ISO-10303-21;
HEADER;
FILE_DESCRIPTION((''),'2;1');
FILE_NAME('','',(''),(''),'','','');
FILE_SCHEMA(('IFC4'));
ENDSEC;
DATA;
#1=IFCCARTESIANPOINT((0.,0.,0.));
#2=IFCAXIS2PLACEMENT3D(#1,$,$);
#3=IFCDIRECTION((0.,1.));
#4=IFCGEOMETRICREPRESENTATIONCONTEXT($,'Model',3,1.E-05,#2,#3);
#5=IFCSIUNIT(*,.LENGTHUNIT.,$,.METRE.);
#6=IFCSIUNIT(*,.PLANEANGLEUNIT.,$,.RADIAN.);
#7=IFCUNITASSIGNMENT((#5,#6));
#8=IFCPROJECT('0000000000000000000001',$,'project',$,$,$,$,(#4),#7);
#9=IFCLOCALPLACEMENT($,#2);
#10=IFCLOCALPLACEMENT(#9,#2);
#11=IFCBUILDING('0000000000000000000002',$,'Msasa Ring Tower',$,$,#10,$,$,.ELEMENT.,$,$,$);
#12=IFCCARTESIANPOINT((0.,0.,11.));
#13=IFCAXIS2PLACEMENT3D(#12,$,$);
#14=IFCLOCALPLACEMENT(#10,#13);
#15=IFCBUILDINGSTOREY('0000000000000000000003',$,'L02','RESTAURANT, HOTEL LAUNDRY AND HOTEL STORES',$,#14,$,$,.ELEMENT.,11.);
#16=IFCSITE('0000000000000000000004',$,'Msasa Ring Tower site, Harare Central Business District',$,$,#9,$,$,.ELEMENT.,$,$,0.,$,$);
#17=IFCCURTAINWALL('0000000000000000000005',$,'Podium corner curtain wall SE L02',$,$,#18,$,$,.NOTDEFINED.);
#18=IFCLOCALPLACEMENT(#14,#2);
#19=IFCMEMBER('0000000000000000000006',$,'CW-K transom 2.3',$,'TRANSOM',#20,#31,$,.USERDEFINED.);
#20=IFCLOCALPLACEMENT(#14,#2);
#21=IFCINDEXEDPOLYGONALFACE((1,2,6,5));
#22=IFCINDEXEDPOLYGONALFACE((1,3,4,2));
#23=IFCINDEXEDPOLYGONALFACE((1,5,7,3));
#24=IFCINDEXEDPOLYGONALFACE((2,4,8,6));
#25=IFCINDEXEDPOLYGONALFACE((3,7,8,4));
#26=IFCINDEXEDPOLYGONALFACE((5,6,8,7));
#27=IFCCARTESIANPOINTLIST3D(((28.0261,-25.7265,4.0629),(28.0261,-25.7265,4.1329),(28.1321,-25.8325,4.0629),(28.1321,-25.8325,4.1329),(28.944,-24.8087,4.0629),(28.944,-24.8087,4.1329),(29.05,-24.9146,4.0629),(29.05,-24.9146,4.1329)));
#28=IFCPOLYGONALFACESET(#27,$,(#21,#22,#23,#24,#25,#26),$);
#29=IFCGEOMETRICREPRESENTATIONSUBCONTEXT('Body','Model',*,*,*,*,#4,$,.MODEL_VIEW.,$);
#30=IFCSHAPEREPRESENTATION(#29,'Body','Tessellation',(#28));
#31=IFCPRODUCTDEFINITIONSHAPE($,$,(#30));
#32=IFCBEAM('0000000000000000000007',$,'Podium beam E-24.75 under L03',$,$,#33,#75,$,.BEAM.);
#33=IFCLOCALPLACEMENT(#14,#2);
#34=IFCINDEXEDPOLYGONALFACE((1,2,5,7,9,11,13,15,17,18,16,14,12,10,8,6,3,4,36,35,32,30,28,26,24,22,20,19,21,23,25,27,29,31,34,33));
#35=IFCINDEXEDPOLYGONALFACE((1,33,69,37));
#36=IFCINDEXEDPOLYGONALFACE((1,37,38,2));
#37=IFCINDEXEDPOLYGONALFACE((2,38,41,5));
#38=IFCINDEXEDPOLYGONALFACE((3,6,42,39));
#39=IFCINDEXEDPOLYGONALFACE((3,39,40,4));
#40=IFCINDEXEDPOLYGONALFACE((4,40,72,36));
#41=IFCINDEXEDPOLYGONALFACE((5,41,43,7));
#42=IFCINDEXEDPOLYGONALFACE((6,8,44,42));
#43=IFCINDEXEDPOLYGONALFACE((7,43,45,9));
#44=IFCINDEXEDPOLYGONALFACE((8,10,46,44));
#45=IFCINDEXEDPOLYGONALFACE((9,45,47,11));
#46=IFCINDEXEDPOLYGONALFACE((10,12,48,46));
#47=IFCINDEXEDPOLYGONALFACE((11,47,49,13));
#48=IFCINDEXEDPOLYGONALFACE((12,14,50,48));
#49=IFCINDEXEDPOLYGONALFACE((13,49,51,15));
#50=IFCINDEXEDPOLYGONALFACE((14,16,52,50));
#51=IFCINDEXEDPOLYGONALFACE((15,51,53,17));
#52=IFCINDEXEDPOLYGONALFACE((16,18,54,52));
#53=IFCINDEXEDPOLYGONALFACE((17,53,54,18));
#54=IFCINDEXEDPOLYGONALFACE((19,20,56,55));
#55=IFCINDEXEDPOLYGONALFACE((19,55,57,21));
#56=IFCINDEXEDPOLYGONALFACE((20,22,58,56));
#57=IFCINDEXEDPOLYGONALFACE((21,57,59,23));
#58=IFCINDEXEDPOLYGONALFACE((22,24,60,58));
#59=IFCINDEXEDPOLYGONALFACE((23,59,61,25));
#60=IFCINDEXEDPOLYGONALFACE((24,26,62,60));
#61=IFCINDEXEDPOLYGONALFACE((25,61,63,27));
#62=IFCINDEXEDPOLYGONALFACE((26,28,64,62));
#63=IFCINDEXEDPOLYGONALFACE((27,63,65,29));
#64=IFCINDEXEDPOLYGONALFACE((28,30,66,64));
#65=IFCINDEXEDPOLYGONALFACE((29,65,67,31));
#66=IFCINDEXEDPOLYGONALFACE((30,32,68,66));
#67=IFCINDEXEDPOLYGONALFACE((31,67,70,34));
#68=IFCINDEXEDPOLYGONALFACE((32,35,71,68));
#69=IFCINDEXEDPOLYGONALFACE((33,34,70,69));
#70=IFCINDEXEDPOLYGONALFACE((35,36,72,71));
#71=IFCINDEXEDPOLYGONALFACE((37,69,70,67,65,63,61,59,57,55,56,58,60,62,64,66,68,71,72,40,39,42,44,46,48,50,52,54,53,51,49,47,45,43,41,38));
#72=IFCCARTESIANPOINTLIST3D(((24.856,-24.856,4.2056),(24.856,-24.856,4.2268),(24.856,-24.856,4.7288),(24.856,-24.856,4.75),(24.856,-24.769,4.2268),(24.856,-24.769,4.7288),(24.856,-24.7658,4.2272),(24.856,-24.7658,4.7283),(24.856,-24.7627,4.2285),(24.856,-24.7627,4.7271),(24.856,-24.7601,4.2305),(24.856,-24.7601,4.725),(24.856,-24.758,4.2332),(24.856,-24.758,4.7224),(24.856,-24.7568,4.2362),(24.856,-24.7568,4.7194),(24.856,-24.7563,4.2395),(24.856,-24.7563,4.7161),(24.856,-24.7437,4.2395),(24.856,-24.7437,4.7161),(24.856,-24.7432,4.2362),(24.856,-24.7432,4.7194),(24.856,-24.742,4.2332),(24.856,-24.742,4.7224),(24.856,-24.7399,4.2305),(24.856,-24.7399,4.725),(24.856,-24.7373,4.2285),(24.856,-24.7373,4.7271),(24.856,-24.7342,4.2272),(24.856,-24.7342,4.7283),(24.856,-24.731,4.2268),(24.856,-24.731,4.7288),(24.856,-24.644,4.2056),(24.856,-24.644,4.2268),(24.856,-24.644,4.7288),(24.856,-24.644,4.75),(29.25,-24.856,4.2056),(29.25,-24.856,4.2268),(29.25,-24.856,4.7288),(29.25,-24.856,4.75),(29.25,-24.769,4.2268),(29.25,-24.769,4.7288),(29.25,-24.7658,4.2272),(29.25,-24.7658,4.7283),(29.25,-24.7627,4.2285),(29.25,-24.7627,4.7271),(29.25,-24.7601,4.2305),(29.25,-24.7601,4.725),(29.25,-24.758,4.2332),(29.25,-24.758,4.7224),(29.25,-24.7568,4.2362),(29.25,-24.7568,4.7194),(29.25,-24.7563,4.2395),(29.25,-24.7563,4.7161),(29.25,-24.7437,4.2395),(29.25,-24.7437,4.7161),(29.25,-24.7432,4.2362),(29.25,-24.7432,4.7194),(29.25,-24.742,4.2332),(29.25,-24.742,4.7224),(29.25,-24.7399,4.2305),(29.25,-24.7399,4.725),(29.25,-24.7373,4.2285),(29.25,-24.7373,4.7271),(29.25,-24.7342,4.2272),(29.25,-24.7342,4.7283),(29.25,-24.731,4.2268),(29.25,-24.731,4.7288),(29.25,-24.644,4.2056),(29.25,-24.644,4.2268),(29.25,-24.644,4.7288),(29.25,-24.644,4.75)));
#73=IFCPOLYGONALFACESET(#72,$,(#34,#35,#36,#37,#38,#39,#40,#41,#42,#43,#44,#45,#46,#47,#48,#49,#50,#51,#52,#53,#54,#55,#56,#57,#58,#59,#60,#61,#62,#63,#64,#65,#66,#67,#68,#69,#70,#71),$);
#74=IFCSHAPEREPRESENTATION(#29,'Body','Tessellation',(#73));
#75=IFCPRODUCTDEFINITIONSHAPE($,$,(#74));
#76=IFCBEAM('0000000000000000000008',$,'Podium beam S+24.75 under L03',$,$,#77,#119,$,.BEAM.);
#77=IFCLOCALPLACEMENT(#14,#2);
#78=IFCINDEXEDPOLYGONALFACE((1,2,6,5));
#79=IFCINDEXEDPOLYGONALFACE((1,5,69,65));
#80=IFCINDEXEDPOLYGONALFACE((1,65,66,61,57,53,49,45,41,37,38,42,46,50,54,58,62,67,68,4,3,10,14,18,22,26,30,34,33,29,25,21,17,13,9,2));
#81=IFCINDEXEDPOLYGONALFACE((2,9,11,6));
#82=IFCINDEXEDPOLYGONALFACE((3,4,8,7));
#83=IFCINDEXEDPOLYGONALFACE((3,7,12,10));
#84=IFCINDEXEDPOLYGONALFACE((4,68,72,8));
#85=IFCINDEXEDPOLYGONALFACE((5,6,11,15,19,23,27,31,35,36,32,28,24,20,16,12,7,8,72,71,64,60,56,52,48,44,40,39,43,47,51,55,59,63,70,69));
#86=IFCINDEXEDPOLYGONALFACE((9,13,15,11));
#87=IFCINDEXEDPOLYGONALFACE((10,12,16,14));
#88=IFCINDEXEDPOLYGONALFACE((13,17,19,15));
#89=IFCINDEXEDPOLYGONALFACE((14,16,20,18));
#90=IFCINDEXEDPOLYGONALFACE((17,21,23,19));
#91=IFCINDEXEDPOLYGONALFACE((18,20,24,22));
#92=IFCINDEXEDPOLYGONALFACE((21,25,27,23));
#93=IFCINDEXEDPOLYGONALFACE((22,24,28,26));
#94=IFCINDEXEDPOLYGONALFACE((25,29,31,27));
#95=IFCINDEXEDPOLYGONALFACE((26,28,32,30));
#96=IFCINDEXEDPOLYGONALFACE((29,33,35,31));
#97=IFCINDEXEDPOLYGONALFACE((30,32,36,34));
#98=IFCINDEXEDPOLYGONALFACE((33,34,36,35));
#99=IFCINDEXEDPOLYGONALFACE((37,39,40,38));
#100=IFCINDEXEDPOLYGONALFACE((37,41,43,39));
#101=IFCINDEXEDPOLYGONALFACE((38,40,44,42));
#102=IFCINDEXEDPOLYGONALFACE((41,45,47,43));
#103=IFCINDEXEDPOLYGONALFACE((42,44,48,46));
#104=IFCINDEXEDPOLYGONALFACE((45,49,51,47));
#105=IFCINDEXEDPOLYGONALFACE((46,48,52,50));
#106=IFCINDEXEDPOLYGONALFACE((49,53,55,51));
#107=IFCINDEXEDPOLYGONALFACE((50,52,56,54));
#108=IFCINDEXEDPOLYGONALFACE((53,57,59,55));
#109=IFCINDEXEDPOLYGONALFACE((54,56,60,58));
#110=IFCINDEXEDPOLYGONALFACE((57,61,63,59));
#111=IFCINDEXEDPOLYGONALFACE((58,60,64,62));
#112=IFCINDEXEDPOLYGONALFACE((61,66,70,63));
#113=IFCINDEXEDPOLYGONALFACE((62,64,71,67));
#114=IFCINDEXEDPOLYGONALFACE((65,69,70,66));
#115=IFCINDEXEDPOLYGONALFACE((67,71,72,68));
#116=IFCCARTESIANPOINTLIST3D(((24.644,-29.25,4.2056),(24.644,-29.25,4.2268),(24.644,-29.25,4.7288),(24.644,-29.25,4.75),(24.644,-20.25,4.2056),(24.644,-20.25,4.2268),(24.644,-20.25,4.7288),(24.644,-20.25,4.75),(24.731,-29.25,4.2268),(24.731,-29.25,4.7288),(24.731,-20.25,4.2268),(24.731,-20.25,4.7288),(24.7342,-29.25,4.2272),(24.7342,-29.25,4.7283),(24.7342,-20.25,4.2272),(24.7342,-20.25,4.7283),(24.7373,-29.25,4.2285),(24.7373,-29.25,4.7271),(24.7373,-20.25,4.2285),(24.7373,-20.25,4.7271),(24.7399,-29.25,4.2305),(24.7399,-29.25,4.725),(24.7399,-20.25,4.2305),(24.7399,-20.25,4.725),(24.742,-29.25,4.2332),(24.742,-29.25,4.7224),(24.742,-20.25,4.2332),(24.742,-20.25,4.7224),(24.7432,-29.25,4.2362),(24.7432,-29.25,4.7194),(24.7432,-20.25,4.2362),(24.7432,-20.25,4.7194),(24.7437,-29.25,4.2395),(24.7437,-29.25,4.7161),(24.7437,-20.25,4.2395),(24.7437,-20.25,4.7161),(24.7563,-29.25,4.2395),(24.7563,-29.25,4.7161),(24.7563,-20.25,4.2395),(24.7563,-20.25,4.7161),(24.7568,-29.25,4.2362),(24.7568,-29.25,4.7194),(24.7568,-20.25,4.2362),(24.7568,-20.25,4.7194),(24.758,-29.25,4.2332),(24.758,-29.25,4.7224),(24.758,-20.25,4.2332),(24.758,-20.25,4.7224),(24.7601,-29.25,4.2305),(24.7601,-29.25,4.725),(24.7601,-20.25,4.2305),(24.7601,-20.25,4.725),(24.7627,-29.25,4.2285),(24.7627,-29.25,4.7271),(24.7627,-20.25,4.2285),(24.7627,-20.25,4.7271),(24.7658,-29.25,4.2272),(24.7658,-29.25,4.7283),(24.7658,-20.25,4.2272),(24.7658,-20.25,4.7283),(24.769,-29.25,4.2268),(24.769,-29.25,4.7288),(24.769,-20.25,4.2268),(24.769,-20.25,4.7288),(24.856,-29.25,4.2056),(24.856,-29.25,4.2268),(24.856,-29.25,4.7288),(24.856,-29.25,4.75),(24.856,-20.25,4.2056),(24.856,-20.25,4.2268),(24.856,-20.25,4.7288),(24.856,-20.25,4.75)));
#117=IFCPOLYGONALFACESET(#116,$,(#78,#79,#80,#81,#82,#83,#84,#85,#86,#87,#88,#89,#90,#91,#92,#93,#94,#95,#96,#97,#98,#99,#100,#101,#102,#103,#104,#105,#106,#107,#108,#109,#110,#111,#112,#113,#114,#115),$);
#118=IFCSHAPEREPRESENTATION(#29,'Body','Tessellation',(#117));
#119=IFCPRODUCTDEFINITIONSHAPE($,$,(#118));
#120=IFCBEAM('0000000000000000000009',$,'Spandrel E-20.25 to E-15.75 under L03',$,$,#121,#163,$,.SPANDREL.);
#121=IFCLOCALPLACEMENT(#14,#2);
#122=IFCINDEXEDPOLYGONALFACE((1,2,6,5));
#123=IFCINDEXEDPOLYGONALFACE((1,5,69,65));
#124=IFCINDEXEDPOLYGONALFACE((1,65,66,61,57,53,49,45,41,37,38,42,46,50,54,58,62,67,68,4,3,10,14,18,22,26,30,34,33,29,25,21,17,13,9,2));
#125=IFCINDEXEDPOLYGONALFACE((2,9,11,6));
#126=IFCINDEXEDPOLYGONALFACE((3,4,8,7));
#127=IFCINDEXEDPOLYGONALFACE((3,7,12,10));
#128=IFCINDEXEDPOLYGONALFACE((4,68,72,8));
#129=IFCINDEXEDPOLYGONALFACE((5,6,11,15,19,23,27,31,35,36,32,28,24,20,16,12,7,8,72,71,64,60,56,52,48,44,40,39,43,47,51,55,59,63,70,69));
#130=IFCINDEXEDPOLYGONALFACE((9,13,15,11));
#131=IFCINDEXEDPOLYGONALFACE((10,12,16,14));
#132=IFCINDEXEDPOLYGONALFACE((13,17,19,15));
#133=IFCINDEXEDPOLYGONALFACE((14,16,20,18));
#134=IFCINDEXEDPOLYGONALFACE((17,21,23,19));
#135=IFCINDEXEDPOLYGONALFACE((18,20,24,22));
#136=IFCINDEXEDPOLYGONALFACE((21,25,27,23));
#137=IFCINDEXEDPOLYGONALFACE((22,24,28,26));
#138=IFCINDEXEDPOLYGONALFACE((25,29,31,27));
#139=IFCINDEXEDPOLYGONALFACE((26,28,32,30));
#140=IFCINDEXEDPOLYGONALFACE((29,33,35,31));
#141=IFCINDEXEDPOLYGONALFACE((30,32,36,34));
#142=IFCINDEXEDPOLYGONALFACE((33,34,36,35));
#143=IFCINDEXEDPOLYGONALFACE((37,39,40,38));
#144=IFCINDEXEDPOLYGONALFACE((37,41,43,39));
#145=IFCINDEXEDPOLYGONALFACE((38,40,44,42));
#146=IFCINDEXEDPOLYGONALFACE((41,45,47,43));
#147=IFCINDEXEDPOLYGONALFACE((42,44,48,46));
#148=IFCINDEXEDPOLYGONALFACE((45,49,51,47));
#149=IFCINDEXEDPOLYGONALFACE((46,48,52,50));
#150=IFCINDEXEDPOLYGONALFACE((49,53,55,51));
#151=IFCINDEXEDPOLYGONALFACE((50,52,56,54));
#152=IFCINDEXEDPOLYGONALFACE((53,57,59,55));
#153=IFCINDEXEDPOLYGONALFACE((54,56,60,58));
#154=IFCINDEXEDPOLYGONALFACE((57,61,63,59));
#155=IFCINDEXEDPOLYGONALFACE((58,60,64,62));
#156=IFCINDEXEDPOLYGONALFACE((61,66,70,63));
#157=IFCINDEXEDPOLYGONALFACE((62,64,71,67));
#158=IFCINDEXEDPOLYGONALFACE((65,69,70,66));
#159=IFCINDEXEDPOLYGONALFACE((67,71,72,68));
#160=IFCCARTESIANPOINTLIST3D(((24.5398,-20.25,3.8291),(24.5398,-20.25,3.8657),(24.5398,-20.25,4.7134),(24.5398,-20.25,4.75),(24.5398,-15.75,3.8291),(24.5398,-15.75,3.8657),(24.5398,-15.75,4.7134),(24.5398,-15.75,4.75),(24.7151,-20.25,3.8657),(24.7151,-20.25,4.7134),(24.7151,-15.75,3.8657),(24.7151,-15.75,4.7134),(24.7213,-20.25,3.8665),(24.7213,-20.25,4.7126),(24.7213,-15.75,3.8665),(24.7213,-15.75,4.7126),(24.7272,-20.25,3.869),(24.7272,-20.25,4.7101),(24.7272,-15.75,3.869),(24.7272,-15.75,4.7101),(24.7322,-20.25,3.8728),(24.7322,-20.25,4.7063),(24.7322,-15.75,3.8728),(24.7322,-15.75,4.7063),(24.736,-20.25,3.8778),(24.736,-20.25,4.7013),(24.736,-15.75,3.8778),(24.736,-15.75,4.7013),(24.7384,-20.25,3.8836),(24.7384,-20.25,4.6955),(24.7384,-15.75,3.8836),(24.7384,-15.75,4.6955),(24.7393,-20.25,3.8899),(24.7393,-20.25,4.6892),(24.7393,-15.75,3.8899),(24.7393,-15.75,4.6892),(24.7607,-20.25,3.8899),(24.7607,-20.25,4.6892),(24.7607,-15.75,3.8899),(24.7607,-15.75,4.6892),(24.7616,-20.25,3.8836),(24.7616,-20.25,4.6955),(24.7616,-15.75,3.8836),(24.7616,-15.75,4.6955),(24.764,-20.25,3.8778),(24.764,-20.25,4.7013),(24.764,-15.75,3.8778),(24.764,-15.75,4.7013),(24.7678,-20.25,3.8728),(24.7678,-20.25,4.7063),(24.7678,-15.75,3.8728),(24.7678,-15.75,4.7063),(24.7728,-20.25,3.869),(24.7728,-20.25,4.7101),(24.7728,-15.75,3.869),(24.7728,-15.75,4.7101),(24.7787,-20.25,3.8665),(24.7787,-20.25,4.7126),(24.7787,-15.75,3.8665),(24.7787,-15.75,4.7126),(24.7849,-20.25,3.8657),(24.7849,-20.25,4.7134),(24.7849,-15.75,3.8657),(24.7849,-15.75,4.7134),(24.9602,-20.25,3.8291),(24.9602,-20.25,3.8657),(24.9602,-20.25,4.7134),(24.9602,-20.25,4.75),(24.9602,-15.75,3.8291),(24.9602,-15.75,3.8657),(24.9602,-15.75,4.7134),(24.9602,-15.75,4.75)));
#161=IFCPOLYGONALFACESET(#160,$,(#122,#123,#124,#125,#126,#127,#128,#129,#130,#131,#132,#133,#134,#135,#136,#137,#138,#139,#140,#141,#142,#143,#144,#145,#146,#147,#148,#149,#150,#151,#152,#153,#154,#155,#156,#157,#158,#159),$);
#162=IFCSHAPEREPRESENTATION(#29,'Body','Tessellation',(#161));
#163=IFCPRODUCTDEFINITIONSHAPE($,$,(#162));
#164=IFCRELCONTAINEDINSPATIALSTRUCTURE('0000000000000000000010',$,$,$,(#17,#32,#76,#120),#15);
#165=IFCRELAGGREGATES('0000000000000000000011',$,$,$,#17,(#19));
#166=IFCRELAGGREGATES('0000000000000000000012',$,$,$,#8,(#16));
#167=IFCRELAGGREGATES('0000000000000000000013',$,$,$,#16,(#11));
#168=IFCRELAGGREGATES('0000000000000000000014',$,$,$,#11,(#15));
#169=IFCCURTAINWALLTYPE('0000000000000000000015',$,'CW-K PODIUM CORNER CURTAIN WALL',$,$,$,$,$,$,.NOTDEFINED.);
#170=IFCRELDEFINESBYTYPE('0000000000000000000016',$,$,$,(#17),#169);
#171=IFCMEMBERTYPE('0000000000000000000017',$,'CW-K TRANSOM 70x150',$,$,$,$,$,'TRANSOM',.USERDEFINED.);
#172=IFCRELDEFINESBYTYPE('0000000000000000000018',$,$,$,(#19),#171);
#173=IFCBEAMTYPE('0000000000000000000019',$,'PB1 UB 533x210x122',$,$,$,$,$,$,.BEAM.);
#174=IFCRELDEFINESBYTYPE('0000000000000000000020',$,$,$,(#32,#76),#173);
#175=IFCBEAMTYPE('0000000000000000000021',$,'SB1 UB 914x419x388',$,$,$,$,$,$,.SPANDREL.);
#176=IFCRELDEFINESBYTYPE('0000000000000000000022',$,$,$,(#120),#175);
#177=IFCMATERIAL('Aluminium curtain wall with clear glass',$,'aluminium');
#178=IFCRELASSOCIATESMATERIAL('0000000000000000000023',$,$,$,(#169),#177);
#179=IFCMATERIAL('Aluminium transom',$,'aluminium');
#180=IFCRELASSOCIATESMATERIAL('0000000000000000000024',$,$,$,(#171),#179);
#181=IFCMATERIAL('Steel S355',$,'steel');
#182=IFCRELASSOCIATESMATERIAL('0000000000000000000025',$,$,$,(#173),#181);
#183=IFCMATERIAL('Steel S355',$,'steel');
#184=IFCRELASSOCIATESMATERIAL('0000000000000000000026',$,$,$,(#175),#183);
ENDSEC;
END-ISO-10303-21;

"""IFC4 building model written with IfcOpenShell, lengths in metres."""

from ifc_helpers import new_model, si_unit, direction, frame, origin, origin_2d, place, context, subcontext, project, spatial, rectangle, i_section, extrude, material, material_profile, profile_set, type_object, element, aggregate, save


model = new_model("IFC4")

# Units and contexts
model_context = context("Model", 3, precision=1e-05, world=origin(), true_north=direction((0.0, 1.0)))
body_context = subcontext(model_context, "Body", "Model", "MODEL_VIEW")
ifc_project = project(units=[si_unit("LENGTHUNIT", "METRE"), si_unit("PLANEANGLEUNIT", "RADIAN")], contexts=[model_context])

# Site, building, storey
site_placement = place(None, origin())
site = spatial("IfcSite", under=ifc_project, at=site_placement, Name="Msasa Ring Tower site, Harare Central Business District", CompositionType="ELEMENT", RefElevation=0.0)
building_placement = place(site_placement, origin())
building = spatial("IfcBuilding", under=site, at=building_placement, Name="Msasa Ring Tower", CompositionType="ELEMENT")
storey_placement = place(building_placement, frame((0.0, 0.0, 11.0)))
storey = spatial("IfcBuildingStorey", under=building, at=storey_placement, Name="L02", Description="RESTAURANT, HOTEL LAUNDRY AND HOTEL STORES", CompositionType="ELEMENT", Elevation=11.0)

# Curtain wall
ifc_material_1 = material(Name="Aluminium curtain wall with clear glass", Category="aluminium")
curtain_wall_type = type_object("IfcCurtainWallType", Name="CW-K PODIUM CORNER CURTAIN WALL", PredefinedType="NOTDEFINED", material=ifc_material_1)
curtain_wall_1_placement = place(storey_placement, origin())
curtain_wall_1 = element("IfcCurtainWall", 1, at=curtain_wall_1_placement, inside=storey, type_object=curtain_wall_type, Name="Podium corner curtain wall SE L02", PredefinedType="NOTDEFINED")

# Member
ifc_material_2 = material(Name="Aluminium transom", Category="aluminium")
ifc_material_profile_1 = material_profile(ifc_material_2, rectangle(XDim=0.1499, YDim=0.0701, at=origin_2d()), Name="AL 70x150")
ifc_profile_set_1 = profile_set([ifc_material_profile_1], Name="Aluminium transom")
member_type_1 = type_object("IfcMemberType", Name="CW-K TRANSOM 70x150", ElementType="TRANSOM", PredefinedType="USERDEFINED", material=ifc_profile_set_1)
member_1_placement = place(storey_placement, frame((28.0791, -25.7795, 4.0979), z_axis=(0.707107, 0.707107, 0.0), x_axis=(-0.707107, 0.707107, 0.0)))
member_1 = element("IfcMember", 2, at=member_1_placement, type_object=member_type_1, Name="CW-K transom 2.3", ObjectType="TRANSOM", PredefinedType="USERDEFINED", context=body_context, shape_type="SweptSolid", body=[
    extrude(rectangle(XDim=0.1499, YDim=0.0701, at=origin_2d()), origin(), (0.0, 0.0, 1.0), 1.2981),
])

# Beams
ifc_material_3 = material(Name="Steel S355", Category="steel")
ifc_material_profile_2 = material_profile(ifc_material_3, i_section(OverallWidth=0.2119, OverallDepth=0.5444, WebThickness=0.0127, FlangeThickness=0.0212, FilletRadius=0.0127, at=origin_2d()), Name="UB 533x210x122")
ifc_profile_set_2 = profile_set([ifc_material_profile_2], Name="Steel S355")
beam_type_1 = type_object("IfcBeamType", Name="PB1 UB 533x210x122", PredefinedType="BEAM", material=ifc_profile_set_2)
beam_1_placement = place(storey_placement, frame((29.25, -24.75, 4.4778), z_axis=(-1.0, 0.0, 0.0), x_axis=(0.0, -1.0, 0.0)))
element("IfcBeam", 3, at=beam_1_placement, inside=storey, type_object=beam_type_1, Name="Podium beam E-24.75 under L03", PredefinedType="BEAM", context=body_context, shape_type="SweptSolid", body=[
    extrude(i_section(OverallWidth=0.2119, OverallDepth=0.5444, WebThickness=0.0127, FlangeThickness=0.0212, FilletRadius=0.0127, at=origin_2d()), origin(), (0.0, 0.0, 1.0), 4.394),
])
beam_2_placement = place(storey_placement, frame((24.75, -29.25, 4.4778), z_axis=(0.0, 1.0, 0.0), x_axis=(-1.0, 0.0, 0.0)))
element("IfcBeam", 4, at=beam_2_placement, inside=storey, type_object=beam_type_1, Name="Podium beam S+24.75 under L03", PredefinedType="BEAM", context=body_context, shape_type="SweptSolid", body=[
    extrude(i_section(OverallWidth=0.2119, OverallDepth=0.5444, WebThickness=0.0127, FlangeThickness=0.0212, FilletRadius=0.0127, at=origin_2d()), origin(), (0.0, 0.0, 1.0), 9.0),
])
ifc_material_4 = material(Name="Steel S355", Category="steel")
ifc_material_profile_3 = material_profile(ifc_material_4, i_section(OverallWidth=0.4204, OverallDepth=0.9209, WebThickness=0.0215, FlangeThickness=0.0366, FilletRadius=0.0242, at=origin_2d()), Name="UB 914x419x388")
ifc_profile_set_3 = profile_set([ifc_material_profile_3], Name="Steel S355")
beam_type_2 = type_object("IfcBeamType", Name="SB1 UB 914x419x388", PredefinedType="SPANDREL", material=ifc_profile_set_3)
beam_3_placement = place(storey_placement, frame((24.75, -20.25, 4.2896), z_axis=(0.0, 1.0, 0.0), x_axis=(-1.0, 0.0, 0.0)))
element("IfcBeam", 5, at=beam_3_placement, inside=storey, type_object=beam_type_2, Name="Spandrel E-20.25 to E-15.75 under L03", PredefinedType="SPANDREL", context=body_context, shape_type="SweptSolid", body=[
    extrude(i_section(OverallWidth=0.4204, OverallDepth=0.9209, WebThickness=0.0215, FlangeThickness=0.0366, FilletRadius=0.0242, at=origin_2d()), origin(), (0.0, 0.0, 1.0), 4.5),
])

aggregate(curtain_wall_1, [member_1])

save(model, "model.ifc")
